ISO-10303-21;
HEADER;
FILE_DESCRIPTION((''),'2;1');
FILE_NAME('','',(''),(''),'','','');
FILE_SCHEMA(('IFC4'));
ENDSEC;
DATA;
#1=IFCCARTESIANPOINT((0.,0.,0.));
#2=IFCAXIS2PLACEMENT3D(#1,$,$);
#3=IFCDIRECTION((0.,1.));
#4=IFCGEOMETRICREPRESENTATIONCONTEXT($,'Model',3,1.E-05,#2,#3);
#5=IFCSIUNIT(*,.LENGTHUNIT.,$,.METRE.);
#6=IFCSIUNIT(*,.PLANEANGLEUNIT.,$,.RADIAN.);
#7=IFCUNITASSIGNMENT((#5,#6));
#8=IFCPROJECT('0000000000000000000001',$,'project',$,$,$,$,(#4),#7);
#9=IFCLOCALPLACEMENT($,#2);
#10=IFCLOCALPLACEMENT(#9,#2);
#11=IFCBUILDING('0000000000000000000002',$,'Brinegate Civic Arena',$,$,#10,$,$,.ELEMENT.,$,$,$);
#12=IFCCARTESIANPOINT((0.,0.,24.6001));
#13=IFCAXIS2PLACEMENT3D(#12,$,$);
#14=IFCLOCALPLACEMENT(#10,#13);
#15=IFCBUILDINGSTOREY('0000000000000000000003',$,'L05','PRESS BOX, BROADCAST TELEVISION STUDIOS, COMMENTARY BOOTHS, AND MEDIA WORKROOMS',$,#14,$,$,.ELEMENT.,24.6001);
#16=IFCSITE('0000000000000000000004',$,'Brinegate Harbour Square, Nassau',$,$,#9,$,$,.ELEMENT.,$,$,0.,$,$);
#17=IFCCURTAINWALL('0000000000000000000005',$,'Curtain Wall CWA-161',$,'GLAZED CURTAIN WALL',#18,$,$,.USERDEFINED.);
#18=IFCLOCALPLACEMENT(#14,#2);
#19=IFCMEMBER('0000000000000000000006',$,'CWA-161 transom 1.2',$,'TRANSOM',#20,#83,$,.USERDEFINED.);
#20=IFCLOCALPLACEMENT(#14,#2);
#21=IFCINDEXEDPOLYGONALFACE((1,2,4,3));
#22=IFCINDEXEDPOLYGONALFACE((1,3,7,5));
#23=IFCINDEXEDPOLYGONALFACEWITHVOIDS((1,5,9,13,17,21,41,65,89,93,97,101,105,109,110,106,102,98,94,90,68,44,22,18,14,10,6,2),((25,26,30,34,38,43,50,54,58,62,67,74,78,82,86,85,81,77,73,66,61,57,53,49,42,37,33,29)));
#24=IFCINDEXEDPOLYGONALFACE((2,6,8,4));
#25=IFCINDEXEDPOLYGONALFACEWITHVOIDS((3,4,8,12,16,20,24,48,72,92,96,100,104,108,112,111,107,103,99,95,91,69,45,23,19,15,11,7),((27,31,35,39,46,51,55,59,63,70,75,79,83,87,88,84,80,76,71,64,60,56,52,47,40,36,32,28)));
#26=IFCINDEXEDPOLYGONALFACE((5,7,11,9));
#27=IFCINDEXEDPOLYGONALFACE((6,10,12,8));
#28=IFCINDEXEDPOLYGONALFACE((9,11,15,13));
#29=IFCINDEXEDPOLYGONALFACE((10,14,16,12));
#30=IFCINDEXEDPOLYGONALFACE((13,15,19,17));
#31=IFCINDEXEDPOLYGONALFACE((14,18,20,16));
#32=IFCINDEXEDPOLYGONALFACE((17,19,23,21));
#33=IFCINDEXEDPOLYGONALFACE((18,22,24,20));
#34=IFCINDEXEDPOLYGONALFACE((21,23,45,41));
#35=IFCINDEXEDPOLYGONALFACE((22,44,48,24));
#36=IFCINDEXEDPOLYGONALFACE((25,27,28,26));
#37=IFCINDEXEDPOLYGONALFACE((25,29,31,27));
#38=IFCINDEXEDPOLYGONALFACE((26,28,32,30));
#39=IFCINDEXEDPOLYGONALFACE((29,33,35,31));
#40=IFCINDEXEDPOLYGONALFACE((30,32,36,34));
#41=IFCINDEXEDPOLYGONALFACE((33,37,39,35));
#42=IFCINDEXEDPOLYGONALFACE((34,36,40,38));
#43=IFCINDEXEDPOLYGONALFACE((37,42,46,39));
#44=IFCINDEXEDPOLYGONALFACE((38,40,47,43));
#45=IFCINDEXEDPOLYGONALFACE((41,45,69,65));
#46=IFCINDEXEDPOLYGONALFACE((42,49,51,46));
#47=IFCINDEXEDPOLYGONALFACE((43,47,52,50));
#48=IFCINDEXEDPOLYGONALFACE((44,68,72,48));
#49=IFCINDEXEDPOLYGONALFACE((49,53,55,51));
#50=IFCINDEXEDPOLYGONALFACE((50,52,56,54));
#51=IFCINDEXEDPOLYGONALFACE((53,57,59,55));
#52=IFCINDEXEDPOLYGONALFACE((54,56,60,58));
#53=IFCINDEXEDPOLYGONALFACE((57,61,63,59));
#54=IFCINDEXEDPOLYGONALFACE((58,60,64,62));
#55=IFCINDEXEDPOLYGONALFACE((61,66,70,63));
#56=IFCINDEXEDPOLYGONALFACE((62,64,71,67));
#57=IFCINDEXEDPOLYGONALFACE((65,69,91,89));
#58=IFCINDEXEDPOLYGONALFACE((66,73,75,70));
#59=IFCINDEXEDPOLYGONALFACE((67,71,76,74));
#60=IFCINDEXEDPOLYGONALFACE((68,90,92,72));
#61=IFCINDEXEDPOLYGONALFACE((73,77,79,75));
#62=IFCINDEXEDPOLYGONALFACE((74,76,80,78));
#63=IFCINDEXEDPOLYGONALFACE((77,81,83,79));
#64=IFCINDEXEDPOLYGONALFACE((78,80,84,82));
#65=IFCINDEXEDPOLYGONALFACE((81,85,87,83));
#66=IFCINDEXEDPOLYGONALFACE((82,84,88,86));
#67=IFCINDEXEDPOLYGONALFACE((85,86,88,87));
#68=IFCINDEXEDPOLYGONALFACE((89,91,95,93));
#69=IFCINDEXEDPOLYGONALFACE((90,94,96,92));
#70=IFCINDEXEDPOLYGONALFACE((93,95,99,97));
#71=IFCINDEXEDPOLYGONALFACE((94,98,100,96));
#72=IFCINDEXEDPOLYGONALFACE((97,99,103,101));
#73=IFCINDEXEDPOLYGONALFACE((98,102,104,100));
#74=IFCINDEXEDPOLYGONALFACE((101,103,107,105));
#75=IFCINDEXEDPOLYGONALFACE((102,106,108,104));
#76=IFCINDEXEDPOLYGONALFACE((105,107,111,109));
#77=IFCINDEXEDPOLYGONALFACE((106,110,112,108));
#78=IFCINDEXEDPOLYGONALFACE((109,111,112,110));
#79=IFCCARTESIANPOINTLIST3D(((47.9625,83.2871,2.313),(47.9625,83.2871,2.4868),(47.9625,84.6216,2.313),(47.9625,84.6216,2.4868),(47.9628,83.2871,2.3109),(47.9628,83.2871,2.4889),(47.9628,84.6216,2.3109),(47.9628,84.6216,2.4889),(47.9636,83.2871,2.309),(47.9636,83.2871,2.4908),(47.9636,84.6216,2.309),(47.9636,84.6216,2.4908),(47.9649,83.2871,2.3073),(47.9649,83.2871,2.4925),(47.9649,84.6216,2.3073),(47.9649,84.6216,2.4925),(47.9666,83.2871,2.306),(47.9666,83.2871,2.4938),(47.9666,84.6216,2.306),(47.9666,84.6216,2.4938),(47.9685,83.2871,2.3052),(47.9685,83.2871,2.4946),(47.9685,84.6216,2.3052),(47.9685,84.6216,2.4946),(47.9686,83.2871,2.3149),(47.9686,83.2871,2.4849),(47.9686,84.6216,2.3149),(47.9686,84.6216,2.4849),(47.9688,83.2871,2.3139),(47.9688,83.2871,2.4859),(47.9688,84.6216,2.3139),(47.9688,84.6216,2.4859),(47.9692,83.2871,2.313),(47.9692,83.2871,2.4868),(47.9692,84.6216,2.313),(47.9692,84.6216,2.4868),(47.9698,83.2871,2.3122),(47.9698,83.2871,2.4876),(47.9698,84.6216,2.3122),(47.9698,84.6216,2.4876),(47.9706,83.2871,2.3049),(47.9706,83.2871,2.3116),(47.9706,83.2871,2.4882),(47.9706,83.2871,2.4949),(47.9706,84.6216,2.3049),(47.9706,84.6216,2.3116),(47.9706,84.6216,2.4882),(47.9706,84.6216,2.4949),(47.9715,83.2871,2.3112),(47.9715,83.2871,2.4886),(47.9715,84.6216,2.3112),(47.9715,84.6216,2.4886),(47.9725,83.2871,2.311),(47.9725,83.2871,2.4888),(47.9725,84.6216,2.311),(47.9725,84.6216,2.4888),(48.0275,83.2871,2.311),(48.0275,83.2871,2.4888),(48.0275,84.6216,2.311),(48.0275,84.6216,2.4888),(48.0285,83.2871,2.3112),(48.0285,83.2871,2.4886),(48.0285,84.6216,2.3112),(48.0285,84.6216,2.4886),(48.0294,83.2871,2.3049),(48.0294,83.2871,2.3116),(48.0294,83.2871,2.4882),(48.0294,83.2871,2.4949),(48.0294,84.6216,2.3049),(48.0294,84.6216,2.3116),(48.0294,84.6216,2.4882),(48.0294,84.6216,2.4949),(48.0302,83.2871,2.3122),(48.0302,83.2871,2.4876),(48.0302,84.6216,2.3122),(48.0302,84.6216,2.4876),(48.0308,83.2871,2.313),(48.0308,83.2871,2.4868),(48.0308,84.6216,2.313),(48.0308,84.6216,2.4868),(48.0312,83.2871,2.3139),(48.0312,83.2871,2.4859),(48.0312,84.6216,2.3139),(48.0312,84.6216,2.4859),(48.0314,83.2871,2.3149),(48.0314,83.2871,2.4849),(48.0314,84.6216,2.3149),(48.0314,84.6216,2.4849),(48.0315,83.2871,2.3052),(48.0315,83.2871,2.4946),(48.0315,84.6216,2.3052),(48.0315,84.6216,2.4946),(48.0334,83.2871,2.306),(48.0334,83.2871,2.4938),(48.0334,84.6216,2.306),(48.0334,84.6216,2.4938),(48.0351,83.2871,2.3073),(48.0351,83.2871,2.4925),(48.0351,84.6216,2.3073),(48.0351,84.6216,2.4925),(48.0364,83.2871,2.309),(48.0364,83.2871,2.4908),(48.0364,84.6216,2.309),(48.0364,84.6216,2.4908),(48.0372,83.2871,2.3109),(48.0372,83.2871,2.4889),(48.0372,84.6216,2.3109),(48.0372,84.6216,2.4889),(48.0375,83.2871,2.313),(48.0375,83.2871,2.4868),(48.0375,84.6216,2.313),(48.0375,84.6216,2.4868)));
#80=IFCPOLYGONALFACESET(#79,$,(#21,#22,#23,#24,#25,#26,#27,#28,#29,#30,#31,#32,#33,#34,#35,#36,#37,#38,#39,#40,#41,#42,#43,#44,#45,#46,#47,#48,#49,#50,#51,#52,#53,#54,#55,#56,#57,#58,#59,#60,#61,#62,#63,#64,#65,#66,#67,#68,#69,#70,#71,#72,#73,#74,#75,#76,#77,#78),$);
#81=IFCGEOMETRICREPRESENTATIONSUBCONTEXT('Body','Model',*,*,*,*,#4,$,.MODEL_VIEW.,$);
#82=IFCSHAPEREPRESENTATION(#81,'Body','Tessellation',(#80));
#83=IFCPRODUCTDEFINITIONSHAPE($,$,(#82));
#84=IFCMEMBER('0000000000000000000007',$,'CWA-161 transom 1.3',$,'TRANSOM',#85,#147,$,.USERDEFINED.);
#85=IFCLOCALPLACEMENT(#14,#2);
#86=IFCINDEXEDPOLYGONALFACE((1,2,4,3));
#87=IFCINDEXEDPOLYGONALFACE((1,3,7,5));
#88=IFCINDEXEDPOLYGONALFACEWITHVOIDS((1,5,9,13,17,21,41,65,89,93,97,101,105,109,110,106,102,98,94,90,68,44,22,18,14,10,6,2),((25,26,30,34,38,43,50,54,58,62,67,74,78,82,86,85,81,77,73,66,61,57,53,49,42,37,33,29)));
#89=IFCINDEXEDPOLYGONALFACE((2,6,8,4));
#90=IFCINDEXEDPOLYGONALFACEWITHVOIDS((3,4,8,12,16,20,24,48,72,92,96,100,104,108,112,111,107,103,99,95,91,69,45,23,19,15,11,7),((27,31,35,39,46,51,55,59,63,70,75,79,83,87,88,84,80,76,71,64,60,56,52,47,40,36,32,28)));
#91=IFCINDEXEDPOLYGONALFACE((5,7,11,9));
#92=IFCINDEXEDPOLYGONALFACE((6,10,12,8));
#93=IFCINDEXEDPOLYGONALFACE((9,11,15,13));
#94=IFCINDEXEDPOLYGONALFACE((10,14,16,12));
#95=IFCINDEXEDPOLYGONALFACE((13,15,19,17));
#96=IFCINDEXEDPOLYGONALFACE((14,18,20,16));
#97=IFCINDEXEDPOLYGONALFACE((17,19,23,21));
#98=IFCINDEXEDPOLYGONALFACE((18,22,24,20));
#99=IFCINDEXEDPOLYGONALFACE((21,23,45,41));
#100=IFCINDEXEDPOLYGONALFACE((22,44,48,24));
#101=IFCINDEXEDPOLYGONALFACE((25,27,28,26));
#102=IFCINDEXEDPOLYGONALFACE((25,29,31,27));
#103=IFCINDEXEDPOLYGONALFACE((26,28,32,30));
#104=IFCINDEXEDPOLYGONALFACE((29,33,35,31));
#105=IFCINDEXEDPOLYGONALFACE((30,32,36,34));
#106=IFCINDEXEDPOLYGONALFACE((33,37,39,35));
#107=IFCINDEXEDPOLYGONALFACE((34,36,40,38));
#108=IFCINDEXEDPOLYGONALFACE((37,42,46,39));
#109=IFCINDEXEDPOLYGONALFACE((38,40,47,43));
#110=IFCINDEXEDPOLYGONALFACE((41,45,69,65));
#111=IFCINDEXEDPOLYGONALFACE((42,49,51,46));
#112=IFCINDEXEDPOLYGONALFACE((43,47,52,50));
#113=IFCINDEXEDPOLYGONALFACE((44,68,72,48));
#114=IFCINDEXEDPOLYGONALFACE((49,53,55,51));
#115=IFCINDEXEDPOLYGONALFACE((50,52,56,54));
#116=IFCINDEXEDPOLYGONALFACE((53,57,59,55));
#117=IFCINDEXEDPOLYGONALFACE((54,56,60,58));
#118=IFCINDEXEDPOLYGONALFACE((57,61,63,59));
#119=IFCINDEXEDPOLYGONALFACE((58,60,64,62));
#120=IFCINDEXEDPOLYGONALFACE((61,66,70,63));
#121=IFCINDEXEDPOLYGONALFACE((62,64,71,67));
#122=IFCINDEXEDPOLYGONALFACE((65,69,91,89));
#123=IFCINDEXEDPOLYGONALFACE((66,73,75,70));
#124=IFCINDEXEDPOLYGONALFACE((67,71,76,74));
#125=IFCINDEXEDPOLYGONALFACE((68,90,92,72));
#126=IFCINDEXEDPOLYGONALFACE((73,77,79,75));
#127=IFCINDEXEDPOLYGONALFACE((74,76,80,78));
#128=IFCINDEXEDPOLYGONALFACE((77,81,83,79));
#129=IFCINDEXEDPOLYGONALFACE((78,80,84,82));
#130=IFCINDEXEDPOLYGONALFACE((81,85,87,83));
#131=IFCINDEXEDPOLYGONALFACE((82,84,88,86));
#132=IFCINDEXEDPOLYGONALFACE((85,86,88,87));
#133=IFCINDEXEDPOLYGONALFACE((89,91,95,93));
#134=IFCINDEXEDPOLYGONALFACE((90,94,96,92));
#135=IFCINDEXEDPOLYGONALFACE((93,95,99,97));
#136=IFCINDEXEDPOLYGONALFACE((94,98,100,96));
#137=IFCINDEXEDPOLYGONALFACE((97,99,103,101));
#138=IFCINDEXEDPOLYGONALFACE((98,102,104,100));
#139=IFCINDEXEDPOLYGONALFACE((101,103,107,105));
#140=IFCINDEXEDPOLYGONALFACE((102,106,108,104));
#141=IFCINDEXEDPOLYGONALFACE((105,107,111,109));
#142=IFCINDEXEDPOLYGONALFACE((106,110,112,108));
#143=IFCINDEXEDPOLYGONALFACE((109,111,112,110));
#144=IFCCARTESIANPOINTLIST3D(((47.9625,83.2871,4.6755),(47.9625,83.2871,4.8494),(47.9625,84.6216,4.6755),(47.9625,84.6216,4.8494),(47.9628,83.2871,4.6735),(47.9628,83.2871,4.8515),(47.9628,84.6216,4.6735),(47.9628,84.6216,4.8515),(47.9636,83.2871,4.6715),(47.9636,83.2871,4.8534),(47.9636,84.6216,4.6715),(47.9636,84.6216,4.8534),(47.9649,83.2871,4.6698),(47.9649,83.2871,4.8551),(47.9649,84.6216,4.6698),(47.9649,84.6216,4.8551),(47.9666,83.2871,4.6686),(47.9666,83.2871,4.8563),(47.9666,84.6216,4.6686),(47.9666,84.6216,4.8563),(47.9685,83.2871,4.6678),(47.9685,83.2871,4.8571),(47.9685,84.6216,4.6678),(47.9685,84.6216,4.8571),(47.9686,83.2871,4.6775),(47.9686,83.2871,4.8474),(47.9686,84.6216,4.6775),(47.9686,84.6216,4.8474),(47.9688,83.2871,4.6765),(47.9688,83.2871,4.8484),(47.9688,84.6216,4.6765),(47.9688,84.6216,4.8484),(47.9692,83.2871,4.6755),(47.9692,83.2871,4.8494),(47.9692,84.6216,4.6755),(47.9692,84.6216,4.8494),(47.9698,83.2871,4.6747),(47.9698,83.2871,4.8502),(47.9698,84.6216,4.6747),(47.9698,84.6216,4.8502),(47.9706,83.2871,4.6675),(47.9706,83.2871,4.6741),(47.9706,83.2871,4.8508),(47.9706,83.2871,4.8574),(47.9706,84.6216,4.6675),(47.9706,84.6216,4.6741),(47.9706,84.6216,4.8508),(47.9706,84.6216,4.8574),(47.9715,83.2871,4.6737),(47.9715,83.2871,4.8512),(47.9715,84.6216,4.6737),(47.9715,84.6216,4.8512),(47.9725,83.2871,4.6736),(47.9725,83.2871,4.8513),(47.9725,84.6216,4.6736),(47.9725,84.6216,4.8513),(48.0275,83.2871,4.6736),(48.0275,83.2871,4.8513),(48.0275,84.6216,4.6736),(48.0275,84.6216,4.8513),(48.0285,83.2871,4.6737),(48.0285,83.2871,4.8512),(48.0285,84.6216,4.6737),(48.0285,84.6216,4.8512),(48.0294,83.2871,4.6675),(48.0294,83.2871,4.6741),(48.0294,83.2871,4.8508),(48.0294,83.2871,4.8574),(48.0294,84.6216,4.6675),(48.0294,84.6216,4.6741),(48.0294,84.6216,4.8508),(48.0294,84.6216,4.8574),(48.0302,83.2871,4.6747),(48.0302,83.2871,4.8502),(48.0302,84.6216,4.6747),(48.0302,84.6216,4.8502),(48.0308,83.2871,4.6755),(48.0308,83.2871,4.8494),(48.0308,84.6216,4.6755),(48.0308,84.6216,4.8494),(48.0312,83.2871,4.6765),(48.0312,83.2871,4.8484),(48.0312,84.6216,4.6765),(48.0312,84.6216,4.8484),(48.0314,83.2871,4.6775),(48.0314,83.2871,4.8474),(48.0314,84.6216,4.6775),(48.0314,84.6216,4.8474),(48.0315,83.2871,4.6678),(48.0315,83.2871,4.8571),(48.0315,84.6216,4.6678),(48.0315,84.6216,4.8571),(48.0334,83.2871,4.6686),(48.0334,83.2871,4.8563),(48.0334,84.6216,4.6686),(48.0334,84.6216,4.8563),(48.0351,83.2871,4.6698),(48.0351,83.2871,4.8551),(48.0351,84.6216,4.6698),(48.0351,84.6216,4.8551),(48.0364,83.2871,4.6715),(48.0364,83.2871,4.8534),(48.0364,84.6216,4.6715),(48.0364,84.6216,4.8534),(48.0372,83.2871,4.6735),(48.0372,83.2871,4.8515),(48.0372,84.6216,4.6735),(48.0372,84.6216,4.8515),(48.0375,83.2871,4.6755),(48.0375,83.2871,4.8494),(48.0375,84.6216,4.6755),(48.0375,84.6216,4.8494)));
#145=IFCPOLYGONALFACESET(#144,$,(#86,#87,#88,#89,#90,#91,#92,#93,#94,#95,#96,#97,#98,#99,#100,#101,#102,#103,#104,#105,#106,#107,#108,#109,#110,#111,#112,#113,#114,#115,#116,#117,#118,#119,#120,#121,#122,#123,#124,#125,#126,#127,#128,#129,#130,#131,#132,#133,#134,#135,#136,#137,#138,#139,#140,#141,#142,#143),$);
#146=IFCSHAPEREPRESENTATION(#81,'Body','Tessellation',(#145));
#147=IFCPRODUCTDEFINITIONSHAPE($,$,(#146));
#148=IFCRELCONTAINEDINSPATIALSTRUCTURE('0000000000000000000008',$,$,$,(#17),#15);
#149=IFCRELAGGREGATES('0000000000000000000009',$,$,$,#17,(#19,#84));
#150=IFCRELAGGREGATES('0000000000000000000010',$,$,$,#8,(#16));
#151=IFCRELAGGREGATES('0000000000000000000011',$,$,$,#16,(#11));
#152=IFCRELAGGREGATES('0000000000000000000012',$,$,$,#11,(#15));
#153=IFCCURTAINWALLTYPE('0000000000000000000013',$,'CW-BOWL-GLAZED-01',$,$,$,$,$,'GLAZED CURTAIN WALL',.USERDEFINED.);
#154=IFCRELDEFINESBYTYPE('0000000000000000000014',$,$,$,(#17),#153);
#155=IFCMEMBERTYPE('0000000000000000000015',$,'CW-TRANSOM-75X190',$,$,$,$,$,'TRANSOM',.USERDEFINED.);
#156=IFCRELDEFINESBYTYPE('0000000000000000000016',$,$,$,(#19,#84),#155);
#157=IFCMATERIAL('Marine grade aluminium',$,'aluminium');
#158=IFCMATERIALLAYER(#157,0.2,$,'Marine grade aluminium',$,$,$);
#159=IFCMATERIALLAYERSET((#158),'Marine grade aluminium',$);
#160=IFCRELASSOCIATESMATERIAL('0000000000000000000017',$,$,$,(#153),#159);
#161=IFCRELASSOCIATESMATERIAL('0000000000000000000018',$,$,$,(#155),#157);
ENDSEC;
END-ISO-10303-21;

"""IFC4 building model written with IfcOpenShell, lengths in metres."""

from ifc_helpers import new_model, si_unit, direction, frame, origin, origin_2d, place, context, subcontext, project, spatial, hollow_rectangle, extrude, material, layer, layer_set, material_profile, profile_set, type_object, element, aggregate, save


model = new_model("IFC4")

# Units and contexts
model_context = context("Model", 3, precision=1e-05, world=origin(), true_north=direction((0.0, 1.0)))
body_context = subcontext(model_context, "Body", "Model", "MODEL_VIEW")
ifc_project = project(units=[si_unit("LENGTHUNIT", "METRE"), si_unit("PLANEANGLEUNIT", "RADIAN")], contexts=[model_context])

# Site, building, storey
site_placement = place(None, origin())
site = spatial("IfcSite", under=ifc_project, at=site_placement, Name="Brinegate Harbour Square, Nassau", CompositionType="ELEMENT", RefElevation=0.0)
building_placement = place(site_placement, origin())
building = spatial("IfcBuilding", under=site, at=building_placement, Name="Brinegate Civic Arena", CompositionType="ELEMENT")
storey_placement = place(building_placement, frame((0.0, 0.0, 24.6001)))
storey = spatial("IfcBuildingStorey", under=building, at=storey_placement, Name="L05", Description="PRESS BOX, BROADCAST TELEVISION STUDIOS, COMMENTARY BOOTHS, AND MEDIA WORKROOMS", CompositionType="ELEMENT", Elevation=24.6001)

# Curtain wall, members
ifc_material_1 = material(Name="Marine grade aluminium", Category="aluminium")
ifc_layer_1 = layer(ifc_material_1, 0.2, Name="Marine grade aluminium")
ifc_layer_set_1 = layer_set([ifc_layer_1], Name="Marine grade aluminium")
curtain_wall_type = type_object("IfcCurtainWallType", Name="CW-BOWL-GLAZED-01", ElementType="GLAZED CURTAIN WALL", PredefinedType="USERDEFINED", material=ifc_layer_set_1)
curtain_wall_placement = place(storey_placement, origin())
curtain_wall = element("IfcCurtainWall", 1, at=curtain_wall_placement, inside=storey, type_object=curtain_wall_type, Name="Curtain Wall CWA-161", ObjectType="GLAZED CURTAIN WALL", PredefinedType="USERDEFINED")
ifc_material_profile_1 = material_profile(ifc_material_1, hollow_rectangle(XDim=0.075, YDim=0.1899, WallThickness=0.0061, InnerFilletRadius=0.0039, OuterFilletRadius=0.0081, at=origin_2d()), Name="TRN75X190")
ifc_profile_set_1 = profile_set([ifc_material_profile_1], Name="Marine grade aluminium")
member_type_1 = type_object("IfcMemberType", Name="CW-TRANSOM-75X190", ElementType="TRANSOM", PredefinedType="USERDEFINED", material=ifc_profile_set_1)
member_1_placement = place(storey_placement, frame((48.0, 83.2871, 2.3999), z_axis=(0.0, 1.0, 0.0), x_axis=(-1.0, 0.0, 0.0)))
member_1 = element("IfcMember", 2, at=member_1_placement, type_object=member_type_1, Name="CWA-161 transom 1.2", ObjectType="TRANSOM", PredefinedType="USERDEFINED", context=body_context, shape_type="SweptSolid", body=[
    extrude(hollow_rectangle(XDim=0.075, YDim=0.1899, WallThickness=0.0061, InnerFilletRadius=0.0039, OuterFilletRadius=0.0081, at=origin_2d()), origin(), (0.0, 0.0, 1.0), 1.3345),
])
member_2_placement = place(storey_placement, frame((48.0, 83.2871, 4.7625), z_axis=(0.0, 1.0, 0.0), x_axis=(-1.0, 0.0, 0.0)))
member_2 = element("IfcMember", 3, at=member_2_placement, type_object=member_type_1, Name="CWA-161 transom 1.3", ObjectType="TRANSOM", PredefinedType="USERDEFINED", context=body_context, shape_type="SweptSolid", body=[
    extrude(hollow_rectangle(XDim=0.075, YDim=0.1899, WallThickness=0.0061, InnerFilletRadius=0.0039, OuterFilletRadius=0.0081, at=origin_2d()), origin(), (0.0, 0.0, 1.0), 1.3345),
])
aggregate(curtain_wall, [member_1, member_2])

save(model, "model.ifc")
